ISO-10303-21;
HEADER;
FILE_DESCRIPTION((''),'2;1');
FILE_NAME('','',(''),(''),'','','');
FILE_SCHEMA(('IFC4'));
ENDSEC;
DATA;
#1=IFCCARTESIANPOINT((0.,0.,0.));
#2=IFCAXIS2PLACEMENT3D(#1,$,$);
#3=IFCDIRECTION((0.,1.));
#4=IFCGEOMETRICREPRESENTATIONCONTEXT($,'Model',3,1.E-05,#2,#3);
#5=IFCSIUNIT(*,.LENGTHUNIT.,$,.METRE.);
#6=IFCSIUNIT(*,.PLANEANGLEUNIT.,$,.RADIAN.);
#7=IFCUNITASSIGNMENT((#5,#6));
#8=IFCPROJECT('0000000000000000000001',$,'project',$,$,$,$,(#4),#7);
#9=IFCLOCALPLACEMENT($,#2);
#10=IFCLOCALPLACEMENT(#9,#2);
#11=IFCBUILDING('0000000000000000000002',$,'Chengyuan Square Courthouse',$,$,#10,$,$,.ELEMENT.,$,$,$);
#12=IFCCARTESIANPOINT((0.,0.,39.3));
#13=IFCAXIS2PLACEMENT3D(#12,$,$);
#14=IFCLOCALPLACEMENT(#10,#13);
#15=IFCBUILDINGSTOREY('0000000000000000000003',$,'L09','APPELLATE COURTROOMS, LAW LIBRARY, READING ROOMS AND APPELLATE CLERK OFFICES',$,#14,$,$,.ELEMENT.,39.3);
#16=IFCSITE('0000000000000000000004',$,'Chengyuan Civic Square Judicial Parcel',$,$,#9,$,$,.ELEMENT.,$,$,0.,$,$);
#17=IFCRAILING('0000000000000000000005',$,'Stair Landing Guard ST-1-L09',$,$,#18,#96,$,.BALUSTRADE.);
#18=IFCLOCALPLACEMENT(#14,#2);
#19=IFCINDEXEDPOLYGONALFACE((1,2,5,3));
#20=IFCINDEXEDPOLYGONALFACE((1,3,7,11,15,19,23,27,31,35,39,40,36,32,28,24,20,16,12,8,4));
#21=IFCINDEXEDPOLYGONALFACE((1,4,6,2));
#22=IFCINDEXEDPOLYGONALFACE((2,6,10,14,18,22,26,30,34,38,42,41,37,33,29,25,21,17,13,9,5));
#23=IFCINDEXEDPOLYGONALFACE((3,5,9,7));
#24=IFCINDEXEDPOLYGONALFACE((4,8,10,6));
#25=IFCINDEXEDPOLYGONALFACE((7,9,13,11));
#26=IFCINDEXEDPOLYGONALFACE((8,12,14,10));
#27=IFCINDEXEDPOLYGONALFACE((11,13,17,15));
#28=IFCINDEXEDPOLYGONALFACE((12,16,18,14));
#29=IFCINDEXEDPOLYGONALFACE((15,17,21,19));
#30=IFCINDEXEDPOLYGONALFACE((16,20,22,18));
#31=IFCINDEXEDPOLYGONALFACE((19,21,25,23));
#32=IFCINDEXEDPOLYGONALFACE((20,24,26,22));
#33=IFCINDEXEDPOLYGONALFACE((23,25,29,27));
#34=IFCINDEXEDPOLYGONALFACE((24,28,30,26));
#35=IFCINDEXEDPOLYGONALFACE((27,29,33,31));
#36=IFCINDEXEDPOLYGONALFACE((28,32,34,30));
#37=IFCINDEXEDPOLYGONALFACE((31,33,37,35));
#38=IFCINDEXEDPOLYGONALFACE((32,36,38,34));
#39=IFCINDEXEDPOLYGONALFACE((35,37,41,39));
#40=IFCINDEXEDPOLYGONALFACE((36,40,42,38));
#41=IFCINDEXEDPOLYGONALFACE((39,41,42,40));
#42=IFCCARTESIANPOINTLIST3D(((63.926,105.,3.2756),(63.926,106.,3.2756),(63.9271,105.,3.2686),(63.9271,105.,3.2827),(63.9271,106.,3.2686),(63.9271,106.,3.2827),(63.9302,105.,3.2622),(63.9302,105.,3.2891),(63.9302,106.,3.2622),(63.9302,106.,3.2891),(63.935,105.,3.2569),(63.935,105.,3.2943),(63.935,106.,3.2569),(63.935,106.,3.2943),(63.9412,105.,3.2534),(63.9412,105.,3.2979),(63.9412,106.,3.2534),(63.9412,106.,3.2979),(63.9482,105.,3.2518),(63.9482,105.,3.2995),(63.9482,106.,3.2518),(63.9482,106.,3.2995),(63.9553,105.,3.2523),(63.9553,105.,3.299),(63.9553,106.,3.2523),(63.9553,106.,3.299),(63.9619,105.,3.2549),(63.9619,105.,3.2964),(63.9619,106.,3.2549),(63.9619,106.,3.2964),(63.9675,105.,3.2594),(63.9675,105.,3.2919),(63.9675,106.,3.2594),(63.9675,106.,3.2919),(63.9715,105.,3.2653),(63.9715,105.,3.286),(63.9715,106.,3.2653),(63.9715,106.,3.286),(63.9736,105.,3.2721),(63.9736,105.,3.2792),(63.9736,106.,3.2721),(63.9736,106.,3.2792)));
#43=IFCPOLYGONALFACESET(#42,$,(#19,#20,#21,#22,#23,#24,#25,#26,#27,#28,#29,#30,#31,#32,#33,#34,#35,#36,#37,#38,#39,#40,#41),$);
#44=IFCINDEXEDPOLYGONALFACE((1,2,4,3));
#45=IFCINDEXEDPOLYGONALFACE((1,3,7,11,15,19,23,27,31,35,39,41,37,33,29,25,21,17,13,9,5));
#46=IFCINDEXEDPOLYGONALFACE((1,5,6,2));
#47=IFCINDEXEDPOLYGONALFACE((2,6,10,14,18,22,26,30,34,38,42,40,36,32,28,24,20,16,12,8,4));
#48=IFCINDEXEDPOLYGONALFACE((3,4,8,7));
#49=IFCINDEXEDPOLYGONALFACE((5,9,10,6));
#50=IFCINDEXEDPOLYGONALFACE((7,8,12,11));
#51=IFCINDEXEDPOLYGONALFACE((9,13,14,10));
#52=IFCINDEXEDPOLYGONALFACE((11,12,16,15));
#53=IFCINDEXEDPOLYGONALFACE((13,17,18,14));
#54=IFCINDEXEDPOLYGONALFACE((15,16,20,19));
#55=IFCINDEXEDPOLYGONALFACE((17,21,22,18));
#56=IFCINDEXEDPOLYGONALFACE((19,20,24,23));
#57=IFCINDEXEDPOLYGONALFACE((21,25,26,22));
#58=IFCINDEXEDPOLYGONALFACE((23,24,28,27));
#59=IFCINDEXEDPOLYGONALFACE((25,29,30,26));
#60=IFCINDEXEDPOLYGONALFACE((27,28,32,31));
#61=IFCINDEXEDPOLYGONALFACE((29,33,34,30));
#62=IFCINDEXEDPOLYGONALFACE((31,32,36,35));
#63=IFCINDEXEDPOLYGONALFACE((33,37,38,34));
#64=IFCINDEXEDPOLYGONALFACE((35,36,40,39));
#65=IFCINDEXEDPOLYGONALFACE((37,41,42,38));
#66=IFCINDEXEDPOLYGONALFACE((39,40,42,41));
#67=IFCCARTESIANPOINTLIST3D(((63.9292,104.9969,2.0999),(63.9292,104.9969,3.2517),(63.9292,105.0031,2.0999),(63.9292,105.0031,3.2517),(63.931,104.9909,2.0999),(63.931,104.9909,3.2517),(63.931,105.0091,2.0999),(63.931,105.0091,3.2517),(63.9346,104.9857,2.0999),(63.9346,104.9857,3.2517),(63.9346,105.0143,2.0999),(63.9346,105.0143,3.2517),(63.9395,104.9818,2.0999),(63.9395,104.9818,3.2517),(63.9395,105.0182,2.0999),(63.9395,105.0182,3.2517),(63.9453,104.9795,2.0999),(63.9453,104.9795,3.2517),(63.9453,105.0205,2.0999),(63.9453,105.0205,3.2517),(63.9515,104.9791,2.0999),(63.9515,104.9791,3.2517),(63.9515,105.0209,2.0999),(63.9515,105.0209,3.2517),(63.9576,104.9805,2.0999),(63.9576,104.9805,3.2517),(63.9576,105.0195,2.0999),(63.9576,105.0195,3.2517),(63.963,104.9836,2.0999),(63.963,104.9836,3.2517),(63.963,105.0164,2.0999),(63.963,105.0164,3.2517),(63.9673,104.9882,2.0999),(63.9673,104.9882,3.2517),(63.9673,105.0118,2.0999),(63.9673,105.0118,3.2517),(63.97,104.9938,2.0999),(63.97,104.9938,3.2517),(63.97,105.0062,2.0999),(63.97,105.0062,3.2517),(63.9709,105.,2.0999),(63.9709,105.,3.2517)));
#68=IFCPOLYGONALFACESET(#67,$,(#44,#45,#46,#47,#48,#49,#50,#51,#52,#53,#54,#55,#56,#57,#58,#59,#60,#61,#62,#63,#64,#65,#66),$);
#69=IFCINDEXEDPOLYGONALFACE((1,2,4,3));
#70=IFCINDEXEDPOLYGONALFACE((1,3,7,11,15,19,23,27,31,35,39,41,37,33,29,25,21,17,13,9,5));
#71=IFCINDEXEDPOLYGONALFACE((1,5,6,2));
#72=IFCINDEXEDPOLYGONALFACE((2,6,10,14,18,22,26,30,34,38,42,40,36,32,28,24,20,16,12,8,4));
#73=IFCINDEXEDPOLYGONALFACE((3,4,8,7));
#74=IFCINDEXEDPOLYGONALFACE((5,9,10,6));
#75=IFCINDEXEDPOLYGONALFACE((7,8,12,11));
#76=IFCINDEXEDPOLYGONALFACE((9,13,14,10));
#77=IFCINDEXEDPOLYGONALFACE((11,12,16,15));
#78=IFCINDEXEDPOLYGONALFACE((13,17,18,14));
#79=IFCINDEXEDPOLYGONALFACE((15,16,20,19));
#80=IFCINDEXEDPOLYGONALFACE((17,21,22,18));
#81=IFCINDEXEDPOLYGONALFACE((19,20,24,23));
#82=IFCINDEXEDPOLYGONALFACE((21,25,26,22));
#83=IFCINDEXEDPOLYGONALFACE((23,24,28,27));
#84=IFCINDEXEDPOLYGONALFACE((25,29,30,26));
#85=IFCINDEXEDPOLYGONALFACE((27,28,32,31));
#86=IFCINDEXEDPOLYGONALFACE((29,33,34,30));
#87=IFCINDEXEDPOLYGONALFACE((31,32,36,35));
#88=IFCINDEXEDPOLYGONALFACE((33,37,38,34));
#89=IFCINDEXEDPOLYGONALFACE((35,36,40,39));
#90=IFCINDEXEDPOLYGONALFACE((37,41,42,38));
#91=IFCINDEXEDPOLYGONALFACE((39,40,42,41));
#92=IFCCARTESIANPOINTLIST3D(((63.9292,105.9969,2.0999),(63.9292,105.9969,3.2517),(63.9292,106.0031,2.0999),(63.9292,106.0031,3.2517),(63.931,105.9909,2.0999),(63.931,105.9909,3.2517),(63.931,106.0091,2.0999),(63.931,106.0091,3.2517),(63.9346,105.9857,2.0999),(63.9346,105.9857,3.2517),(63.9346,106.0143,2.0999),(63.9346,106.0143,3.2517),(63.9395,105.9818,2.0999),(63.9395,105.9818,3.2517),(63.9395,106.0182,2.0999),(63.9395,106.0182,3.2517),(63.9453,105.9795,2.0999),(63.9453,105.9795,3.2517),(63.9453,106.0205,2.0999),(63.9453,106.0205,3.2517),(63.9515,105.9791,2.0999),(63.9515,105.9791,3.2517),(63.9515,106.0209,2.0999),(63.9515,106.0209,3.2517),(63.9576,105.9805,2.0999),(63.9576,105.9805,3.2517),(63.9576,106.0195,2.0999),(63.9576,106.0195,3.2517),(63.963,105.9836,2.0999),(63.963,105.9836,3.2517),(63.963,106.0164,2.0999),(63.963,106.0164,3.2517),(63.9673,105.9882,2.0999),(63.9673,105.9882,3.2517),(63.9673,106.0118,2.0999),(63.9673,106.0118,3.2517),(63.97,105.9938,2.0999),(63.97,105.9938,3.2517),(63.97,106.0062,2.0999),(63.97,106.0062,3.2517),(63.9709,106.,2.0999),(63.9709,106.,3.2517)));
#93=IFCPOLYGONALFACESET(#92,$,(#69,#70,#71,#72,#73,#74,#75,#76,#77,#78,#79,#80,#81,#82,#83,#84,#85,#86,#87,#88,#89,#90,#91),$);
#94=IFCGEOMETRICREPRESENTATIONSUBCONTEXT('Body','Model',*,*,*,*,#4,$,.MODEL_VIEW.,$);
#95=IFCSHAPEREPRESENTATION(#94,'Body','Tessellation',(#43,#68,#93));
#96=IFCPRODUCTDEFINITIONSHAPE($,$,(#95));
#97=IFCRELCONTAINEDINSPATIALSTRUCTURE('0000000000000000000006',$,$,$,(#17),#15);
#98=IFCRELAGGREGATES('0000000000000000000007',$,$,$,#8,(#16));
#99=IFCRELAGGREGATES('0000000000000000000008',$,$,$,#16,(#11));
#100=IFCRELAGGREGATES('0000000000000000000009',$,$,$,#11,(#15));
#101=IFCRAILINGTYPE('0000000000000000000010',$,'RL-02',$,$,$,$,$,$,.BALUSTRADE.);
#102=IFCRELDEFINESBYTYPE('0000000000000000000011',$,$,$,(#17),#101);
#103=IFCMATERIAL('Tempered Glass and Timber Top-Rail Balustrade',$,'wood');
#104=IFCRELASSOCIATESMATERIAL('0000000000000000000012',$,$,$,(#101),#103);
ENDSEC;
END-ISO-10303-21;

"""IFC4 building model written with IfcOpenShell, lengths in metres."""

from ifc_helpers import new_model, si_unit, direction, frame, origin, origin_2d, place, context, subcontext, project, spatial, circle, extrude, material, type_object, element, save


model = new_model("IFC4")

# Units and contexts
model_context = context("Model", 3, precision=1e-05, world=origin(), true_north=direction((0.0, 1.0)))
body_context = subcontext(model_context, "Body", "Model", "MODEL_VIEW")
ifc_project = project(units=[si_unit("LENGTHUNIT", "METRE"), si_unit("PLANEANGLEUNIT", "RADIAN")], contexts=[model_context])

# Site, building, storey
site_placement = place(None, origin())
site = spatial("IfcSite", under=ifc_project, at=site_placement, Name="Chengyuan Civic Square Judicial Parcel", CompositionType="ELEMENT", RefElevation=0.0)
building_placement = place(site_placement, origin())
building = spatial("IfcBuilding", under=site, at=building_placement, Name="Chengyuan Square Courthouse", CompositionType="ELEMENT")
storey_placement = place(building_placement, frame((0.0, 0.0, 39.3)))
storey = spatial("IfcBuildingStorey", under=building, at=storey_placement, Name="L09", Description="APPELLATE COURTROOMS, LAW LIBRARY, READING ROOMS AND APPELLATE CLERK OFFICES", CompositionType="ELEMENT", Elevation=39.3)

# Railing
ifc_material_1 = material(Name="Tempered Glass and Timber Top-Rail Balustrade", Category="wood")
railing_type_1 = type_object("IfcRailingType", Name="RL-02", PredefinedType="BALUSTRADE", material=ifc_material_1)
for number, where, name in (
    (1, (63.95, 105.0, 2.0999), "Stair Landing Guard ST-1-L09"),
):
    element("IfcRailing", number, at=place(storey_placement, frame(where)), inside=storey, type_object=railing_type_1, Name=name, PredefinedType="BALUSTRADE", context=body_context, shape_type="SweptSolid", body=[
        extrude(circle(Radius=0.0239, at=origin_2d()), frame((0.0, 0.0, 1.1758), z_axis=(0.0, 1.0, 0.0), x_axis=(-1.0, 0.0, 0.0)), (0.0, 0.0, 1.0), 1.0),
        extrude(circle(Radius=0.021, at=origin_2d()), origin(), (0.0, 0.0, 1.0), 1.1519),
        extrude(circle(Radius=0.021, at=origin_2d()), frame((0.0, 1.0, 0.0)), (0.0, 0.0, 1.0), 1.1519),
    ])

save(model, "model.ifc")
